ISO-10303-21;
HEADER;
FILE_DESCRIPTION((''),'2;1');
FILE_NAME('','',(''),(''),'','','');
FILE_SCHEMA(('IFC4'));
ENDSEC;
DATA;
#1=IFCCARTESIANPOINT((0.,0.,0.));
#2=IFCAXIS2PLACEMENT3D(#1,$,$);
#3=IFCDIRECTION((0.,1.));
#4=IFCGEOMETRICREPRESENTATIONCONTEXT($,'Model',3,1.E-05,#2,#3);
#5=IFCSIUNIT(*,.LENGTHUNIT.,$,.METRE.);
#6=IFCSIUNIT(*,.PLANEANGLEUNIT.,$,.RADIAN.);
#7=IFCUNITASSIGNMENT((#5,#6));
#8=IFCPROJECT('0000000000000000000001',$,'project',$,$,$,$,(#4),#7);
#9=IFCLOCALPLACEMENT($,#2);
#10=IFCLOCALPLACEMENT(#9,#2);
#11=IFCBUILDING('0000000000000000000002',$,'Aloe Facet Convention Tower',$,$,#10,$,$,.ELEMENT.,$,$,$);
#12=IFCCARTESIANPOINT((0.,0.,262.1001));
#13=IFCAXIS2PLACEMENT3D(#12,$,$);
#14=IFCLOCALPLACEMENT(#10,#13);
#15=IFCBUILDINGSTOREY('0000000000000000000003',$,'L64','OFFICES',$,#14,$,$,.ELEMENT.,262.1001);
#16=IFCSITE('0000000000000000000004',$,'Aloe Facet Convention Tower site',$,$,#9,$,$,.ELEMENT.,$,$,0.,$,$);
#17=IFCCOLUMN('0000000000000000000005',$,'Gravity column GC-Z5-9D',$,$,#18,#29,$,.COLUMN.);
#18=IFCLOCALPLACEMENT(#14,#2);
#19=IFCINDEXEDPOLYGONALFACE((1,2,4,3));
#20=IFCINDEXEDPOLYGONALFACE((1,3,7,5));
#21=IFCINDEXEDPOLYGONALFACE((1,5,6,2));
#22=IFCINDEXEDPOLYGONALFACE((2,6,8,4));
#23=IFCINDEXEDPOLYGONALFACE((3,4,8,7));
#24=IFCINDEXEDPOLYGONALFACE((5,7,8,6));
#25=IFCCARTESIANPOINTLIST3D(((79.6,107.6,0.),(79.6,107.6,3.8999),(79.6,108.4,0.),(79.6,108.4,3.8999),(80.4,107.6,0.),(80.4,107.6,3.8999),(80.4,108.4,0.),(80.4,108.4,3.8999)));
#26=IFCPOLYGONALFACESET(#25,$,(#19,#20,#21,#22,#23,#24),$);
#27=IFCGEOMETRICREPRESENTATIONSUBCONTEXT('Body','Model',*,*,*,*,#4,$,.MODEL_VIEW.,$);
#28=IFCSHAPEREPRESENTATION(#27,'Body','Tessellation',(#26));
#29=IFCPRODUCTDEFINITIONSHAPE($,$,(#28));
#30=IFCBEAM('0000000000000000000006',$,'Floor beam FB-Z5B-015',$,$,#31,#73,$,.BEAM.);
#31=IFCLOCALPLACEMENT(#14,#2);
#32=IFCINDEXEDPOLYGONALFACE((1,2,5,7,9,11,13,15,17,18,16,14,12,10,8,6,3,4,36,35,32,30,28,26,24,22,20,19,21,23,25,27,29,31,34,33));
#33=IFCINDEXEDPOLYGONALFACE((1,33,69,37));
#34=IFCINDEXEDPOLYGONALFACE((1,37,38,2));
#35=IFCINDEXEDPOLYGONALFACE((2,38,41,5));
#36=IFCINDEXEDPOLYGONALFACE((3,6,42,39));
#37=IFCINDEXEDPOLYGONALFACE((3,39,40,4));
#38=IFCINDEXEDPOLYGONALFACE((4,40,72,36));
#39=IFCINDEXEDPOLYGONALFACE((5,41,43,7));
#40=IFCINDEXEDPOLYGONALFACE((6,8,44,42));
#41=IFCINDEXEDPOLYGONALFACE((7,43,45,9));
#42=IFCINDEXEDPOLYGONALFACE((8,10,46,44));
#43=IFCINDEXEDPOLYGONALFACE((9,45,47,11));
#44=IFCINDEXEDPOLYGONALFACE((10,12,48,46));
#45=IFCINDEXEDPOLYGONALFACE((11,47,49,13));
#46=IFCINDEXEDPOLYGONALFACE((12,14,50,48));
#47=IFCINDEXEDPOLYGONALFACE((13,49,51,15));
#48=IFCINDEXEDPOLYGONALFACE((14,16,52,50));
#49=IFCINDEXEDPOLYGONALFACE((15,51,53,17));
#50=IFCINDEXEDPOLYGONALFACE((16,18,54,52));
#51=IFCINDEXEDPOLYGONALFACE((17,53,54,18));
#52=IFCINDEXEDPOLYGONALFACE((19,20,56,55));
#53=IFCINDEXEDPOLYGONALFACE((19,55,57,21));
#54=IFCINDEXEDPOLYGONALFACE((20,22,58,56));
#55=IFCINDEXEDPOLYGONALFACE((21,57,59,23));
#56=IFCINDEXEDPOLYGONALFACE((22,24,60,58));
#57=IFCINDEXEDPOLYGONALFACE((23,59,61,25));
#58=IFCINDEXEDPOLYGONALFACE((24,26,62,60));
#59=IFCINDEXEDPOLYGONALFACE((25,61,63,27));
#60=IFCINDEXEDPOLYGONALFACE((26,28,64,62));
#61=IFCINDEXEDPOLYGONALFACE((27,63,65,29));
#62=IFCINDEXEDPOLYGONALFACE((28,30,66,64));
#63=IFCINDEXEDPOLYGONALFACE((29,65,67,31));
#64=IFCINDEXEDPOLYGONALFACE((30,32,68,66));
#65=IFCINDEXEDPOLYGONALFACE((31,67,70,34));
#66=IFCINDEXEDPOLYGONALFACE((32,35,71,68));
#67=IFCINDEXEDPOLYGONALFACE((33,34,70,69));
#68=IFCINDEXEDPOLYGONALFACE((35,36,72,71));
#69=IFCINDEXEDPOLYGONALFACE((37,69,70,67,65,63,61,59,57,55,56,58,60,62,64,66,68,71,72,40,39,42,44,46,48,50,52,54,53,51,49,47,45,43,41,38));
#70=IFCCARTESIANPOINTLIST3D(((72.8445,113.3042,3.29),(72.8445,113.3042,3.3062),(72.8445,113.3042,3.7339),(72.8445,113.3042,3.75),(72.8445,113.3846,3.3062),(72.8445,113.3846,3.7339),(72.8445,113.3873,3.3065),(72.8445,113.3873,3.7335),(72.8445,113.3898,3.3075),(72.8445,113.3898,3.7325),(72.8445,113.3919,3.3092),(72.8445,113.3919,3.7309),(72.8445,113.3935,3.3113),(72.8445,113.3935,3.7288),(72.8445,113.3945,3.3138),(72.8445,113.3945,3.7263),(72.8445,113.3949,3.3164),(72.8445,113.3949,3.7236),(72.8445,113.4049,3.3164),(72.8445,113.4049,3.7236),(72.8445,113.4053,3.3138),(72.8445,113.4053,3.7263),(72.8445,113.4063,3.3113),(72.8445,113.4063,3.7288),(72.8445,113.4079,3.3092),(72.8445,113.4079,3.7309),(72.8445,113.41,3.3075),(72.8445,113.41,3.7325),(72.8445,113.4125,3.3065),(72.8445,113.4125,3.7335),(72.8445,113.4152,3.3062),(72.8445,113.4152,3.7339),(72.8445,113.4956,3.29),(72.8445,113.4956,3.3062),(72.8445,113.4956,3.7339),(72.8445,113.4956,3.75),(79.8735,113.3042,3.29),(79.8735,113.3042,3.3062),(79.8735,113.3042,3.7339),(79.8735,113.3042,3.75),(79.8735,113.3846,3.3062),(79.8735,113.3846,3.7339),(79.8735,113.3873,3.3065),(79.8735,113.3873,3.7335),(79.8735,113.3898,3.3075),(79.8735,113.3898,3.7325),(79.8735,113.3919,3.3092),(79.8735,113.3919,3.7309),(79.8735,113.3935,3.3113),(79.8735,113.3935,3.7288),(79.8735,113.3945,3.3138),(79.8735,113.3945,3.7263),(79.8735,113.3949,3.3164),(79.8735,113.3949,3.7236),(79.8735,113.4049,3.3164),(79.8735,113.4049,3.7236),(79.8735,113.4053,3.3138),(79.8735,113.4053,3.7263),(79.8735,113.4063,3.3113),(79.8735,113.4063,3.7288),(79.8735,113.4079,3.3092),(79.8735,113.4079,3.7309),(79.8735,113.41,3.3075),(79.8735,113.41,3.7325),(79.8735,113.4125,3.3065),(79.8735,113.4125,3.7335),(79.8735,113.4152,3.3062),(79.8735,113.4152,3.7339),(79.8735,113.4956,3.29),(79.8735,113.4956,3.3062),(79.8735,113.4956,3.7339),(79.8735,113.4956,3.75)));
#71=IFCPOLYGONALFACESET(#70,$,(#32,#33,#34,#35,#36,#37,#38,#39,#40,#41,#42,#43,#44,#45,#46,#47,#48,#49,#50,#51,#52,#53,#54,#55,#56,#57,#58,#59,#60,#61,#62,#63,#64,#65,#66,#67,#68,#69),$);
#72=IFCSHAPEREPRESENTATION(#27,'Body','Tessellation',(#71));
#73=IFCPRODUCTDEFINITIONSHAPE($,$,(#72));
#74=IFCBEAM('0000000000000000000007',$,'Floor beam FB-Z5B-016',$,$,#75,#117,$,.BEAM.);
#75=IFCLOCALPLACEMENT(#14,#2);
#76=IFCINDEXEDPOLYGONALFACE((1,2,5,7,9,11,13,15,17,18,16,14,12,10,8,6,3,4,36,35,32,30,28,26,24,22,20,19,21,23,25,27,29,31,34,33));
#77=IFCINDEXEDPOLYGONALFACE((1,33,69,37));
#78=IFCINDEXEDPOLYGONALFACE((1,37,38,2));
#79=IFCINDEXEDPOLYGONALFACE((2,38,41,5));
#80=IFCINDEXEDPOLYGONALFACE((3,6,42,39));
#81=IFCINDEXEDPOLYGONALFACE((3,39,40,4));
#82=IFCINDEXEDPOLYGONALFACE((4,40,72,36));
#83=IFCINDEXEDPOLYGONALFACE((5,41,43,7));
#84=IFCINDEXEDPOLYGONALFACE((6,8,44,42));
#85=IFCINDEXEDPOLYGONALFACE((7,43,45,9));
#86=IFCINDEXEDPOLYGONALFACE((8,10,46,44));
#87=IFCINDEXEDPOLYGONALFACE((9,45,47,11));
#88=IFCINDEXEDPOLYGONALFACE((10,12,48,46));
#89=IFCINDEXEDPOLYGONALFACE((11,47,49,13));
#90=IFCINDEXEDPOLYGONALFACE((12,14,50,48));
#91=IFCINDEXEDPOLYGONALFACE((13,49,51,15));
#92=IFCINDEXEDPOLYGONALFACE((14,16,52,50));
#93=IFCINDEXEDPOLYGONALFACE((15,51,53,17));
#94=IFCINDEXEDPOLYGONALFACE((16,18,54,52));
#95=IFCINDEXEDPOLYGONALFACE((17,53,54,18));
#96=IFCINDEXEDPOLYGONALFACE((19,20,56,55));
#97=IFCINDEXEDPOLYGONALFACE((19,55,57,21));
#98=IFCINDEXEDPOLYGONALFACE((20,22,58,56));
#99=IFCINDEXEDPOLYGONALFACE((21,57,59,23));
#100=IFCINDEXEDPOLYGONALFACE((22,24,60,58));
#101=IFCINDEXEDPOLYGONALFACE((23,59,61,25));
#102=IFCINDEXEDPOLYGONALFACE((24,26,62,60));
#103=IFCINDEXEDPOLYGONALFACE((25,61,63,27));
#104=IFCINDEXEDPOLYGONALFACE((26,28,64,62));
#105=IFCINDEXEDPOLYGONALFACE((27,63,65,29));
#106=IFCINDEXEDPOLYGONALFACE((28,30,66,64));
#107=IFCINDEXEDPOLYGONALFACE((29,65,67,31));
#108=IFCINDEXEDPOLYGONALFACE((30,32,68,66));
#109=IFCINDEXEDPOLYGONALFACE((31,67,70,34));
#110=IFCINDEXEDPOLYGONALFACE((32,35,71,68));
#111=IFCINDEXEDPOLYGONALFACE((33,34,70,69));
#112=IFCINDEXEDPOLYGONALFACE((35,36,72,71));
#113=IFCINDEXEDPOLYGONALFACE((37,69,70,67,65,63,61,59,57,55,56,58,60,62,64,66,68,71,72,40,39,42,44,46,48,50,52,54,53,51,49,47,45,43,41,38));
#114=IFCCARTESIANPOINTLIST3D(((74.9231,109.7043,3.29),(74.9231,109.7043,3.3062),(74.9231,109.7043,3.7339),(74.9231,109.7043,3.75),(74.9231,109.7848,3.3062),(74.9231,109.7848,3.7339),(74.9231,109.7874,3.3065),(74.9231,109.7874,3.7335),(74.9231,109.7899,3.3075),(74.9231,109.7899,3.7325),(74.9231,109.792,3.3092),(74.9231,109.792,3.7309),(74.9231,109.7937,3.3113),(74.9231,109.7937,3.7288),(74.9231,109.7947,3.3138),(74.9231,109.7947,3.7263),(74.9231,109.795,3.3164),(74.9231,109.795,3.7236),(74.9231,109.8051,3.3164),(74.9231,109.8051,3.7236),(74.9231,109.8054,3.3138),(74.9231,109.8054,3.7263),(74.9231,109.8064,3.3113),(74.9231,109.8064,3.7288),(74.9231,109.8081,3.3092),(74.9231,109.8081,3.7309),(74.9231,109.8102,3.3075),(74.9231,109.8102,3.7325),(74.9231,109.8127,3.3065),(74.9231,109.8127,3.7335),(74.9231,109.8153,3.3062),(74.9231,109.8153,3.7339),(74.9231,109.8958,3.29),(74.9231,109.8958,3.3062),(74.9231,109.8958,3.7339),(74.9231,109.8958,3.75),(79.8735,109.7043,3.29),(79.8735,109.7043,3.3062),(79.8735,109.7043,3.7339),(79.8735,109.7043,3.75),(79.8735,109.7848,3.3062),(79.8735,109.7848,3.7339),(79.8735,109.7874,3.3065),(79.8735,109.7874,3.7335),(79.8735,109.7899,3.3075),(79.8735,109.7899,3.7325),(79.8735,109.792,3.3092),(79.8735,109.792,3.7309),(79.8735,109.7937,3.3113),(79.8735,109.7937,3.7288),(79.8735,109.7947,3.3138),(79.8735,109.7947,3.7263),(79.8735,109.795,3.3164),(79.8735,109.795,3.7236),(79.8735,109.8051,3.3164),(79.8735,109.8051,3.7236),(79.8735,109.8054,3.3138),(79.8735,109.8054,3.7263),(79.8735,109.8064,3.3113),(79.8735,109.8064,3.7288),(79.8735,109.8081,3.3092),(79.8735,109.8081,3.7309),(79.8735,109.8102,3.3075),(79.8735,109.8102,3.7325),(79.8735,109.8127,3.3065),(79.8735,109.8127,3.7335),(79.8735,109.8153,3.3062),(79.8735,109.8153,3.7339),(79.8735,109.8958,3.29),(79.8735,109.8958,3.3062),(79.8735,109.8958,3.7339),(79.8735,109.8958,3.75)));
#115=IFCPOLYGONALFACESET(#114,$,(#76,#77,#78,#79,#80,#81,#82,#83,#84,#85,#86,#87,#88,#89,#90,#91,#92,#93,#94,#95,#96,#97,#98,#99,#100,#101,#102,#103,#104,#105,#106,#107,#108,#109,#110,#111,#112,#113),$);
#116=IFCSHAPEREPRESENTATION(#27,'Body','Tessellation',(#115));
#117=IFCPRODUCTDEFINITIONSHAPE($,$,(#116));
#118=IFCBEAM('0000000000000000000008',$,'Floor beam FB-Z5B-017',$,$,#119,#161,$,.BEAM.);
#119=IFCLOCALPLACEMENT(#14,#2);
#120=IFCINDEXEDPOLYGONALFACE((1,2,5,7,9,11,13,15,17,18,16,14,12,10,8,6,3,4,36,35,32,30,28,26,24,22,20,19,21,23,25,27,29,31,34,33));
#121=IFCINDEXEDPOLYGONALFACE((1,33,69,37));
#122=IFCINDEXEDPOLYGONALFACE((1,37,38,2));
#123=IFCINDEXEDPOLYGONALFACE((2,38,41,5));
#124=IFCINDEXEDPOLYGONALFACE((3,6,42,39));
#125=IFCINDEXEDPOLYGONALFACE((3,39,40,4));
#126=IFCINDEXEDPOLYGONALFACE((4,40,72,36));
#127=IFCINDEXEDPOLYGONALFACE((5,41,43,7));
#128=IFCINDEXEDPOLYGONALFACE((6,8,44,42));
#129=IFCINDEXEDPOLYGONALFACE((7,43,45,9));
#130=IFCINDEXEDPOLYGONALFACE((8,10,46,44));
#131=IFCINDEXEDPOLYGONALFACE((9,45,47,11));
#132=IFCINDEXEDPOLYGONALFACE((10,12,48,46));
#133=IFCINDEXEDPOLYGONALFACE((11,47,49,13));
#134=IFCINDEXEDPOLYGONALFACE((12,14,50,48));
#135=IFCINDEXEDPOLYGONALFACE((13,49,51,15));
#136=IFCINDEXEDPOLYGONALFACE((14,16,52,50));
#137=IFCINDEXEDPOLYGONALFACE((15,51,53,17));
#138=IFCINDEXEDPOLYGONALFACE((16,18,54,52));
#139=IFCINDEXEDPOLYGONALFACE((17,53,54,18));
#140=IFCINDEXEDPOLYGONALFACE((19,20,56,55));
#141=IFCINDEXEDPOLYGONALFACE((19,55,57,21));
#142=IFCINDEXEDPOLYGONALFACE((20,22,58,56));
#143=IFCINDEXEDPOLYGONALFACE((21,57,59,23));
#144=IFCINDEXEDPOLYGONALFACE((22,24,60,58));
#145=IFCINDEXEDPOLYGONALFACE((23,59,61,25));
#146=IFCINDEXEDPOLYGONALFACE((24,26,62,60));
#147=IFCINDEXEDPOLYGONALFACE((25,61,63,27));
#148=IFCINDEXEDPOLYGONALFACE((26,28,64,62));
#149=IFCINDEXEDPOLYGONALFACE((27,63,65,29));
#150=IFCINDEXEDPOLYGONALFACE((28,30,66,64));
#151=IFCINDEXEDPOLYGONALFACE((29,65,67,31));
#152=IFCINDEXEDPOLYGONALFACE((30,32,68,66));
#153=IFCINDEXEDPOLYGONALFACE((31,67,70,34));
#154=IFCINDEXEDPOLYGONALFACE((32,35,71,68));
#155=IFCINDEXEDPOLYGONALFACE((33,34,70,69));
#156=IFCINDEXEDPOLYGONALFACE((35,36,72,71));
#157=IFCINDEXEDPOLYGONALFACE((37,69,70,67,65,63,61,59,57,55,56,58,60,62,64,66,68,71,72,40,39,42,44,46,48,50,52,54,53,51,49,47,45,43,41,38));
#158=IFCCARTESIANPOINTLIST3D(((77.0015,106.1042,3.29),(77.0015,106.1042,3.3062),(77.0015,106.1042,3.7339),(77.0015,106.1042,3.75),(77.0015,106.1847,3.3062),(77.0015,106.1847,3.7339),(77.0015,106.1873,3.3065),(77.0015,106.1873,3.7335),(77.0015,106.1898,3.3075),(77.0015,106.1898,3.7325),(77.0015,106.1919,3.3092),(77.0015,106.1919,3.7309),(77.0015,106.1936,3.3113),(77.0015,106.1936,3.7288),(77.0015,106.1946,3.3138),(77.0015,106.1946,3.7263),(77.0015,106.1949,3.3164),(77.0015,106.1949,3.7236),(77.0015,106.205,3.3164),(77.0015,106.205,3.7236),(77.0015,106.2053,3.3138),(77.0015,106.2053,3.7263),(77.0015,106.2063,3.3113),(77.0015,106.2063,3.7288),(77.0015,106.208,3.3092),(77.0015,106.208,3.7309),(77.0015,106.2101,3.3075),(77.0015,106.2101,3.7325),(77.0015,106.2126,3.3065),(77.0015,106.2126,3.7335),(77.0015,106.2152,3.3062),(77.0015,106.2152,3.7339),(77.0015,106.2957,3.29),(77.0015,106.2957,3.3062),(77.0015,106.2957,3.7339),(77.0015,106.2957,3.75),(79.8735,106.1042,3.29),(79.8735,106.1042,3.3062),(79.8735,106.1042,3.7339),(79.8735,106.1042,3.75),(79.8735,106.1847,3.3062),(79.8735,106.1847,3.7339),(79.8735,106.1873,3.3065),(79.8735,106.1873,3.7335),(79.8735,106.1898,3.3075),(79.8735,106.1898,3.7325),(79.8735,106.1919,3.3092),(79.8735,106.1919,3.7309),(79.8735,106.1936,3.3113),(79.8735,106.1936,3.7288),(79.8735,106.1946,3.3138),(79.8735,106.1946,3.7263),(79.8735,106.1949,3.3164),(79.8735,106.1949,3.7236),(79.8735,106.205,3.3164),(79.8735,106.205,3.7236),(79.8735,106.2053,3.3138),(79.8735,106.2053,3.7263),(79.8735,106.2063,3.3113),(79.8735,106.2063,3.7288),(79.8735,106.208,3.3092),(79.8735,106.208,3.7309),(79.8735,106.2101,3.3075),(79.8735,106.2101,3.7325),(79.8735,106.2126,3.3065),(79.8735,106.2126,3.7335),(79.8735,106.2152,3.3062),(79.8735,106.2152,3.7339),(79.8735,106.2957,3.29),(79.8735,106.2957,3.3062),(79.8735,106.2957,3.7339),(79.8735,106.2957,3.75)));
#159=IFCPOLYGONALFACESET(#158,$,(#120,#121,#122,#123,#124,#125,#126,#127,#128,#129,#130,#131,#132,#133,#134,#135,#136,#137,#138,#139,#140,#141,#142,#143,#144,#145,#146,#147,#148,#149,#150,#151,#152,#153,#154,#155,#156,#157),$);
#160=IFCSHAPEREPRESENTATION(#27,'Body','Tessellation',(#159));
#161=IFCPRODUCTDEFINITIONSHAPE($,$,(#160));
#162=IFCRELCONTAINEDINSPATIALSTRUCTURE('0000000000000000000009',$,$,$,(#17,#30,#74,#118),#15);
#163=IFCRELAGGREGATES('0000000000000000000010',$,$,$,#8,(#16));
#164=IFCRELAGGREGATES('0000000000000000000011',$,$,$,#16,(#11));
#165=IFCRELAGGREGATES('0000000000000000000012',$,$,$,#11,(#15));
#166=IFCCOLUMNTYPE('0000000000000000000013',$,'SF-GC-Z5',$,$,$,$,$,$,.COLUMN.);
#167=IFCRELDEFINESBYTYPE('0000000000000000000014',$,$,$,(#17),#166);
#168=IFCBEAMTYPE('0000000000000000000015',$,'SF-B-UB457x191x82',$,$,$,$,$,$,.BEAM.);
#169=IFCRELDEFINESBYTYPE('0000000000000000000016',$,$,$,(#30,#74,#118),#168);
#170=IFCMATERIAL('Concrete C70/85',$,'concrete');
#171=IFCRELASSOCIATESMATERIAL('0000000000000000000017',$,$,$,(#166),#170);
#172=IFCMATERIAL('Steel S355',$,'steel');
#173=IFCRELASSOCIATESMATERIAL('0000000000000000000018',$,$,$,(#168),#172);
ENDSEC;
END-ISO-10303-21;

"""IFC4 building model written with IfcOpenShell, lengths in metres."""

from ifc_helpers import new_model, si_unit, direction, frame, origin, origin_2d, place, context, subcontext, project, spatial, rectangle, i_section, extrude, material, material_profile, profile_set, type_object, element, save


model = new_model("IFC4")

# Units and contexts
model_context = context("Model", 3, precision=1e-05, world=origin(), true_north=direction((0.0, 1.0)))
body_context = subcontext(model_context, "Body", "Model", "MODEL_VIEW")
ifc_project = project(units=[si_unit("LENGTHUNIT", "METRE"), si_unit("PLANEANGLEUNIT", "RADIAN")], contexts=[model_context])

# Site, building, storey
site_placement = place(None, origin())
site = spatial("IfcSite", under=ifc_project, at=site_placement, Name="Aloe Facet Convention Tower site", CompositionType="ELEMENT", RefElevation=0.0)
building_placement = place(site_placement, origin())
building = spatial("IfcBuilding", under=site, at=building_placement, Name="Aloe Facet Convention Tower", CompositionType="ELEMENT")
storey_placement = place(building_placement, frame((0.0, 0.0, 262.1001)))
storey = spatial("IfcBuildingStorey", under=building, at=storey_placement, Name="L64", Description="OFFICES", CompositionType="ELEMENT", Elevation=262.1001)

# Column
ifc_material_1 = material(Name="Concrete C70/85", Category="concrete")
ifc_material_profile_1 = material_profile(ifc_material_1, rectangle(XDim=0.8, YDim=0.8, at=origin_2d()), Name="SF-GC-Z5")
ifc_profile_set_1 = profile_set([ifc_material_profile_1], Name="Concrete C70/85")
column_type = type_object("IfcColumnType", Name="SF-GC-Z5", PredefinedType="COLUMN", material=ifc_profile_set_1)
column_placement = place(storey_placement, frame((80.0, 108.0, 0.0), z_axis=(0.0, 0.0, 1.0), x_axis=(1.0, 0.0, 0.0)))
element("IfcColumn", 1, at=column_placement, inside=storey, type_object=column_type, Name="Gravity column GC-Z5-9D", PredefinedType="COLUMN", context=body_context, shape_type="SweptSolid", body=[
    extrude(rectangle(XDim=0.8, YDim=0.8, at=origin_2d()), origin(), (0.0, 0.0, 1.0), 3.8999),
])

# Beams
ifc_material_2 = material(Name="Steel S355", Category="steel")
ifc_material_profile_2 = material_profile(ifc_material_2, i_section(OverallWidth=0.1914, OverallDepth=0.46, WebThickness=0.01, FlangeThickness=0.0161, FilletRadius=0.0103, at=origin_2d()), Name="UB 457x191x82")
ifc_profile_set_2 = profile_set([ifc_material_profile_2], Name="Steel S355")
beam_type_1 = type_object("IfcBeamType", Name="SF-B-UB457x191x82", PredefinedType="BEAM", material=ifc_profile_set_2)
beam_1_placement = place(storey_placement, frame((72.8445, 113.3999, 3.52), z_axis=(1.0, 0.0, 0.0), x_axis=(0.0, 1.0, 0.0)))
element("IfcBeam", 2, at=beam_1_placement, inside=storey, type_object=beam_type_1, Name="Floor beam FB-Z5B-015", PredefinedType="BEAM", context=body_context, shape_type="SweptSolid", body=[
    extrude(i_section(OverallWidth=0.1914, OverallDepth=0.46, WebThickness=0.01, FlangeThickness=0.0161, FilletRadius=0.0103, at=origin_2d()), origin(), (0.0, 0.0, 1.0), 7.0291),
])
beam_2_placement = place(storey_placement, frame((74.9231, 109.8, 3.52), z_axis=(1.0, 0.0, 0.0), x_axis=(0.0, 1.0, 0.0)))
element("IfcBeam", 3, at=beam_2_placement, inside=storey, type_object=beam_type_1, Name="Floor beam FB-Z5B-016", PredefinedType="BEAM", context=body_context, shape_type="SweptSolid", body=[
    extrude(i_section(OverallWidth=0.1914, OverallDepth=0.46, WebThickness=0.01, FlangeThickness=0.0161, FilletRadius=0.0103, at=origin_2d()), origin(), (0.0, 0.0, 1.0), 4.9504),
])
for number, where, z_axis, x_axis, name in (
    (4, (77.0015, 106.2, 3.52), (1.0, 0.0, 0.0), (0.0, 1.0, 0.0), "Floor beam FB-Z5B-017"),
):
    element("IfcBeam", number, at=place(storey_placement, frame(where, z_axis=z_axis, x_axis=x_axis)), inside=storey, type_object=beam_type_1, Name=name, PredefinedType="BEAM", context=body_context, shape_type="SweptSolid", body=[
        extrude(i_section(OverallWidth=0.1914, OverallDepth=0.46, WebThickness=0.01, FlangeThickness=0.0161, FilletRadius=0.0103, at=origin_2d()), origin(), (0.0, 0.0, 1.0), 2.8721),
    ])

save(model, "model.ifc")
